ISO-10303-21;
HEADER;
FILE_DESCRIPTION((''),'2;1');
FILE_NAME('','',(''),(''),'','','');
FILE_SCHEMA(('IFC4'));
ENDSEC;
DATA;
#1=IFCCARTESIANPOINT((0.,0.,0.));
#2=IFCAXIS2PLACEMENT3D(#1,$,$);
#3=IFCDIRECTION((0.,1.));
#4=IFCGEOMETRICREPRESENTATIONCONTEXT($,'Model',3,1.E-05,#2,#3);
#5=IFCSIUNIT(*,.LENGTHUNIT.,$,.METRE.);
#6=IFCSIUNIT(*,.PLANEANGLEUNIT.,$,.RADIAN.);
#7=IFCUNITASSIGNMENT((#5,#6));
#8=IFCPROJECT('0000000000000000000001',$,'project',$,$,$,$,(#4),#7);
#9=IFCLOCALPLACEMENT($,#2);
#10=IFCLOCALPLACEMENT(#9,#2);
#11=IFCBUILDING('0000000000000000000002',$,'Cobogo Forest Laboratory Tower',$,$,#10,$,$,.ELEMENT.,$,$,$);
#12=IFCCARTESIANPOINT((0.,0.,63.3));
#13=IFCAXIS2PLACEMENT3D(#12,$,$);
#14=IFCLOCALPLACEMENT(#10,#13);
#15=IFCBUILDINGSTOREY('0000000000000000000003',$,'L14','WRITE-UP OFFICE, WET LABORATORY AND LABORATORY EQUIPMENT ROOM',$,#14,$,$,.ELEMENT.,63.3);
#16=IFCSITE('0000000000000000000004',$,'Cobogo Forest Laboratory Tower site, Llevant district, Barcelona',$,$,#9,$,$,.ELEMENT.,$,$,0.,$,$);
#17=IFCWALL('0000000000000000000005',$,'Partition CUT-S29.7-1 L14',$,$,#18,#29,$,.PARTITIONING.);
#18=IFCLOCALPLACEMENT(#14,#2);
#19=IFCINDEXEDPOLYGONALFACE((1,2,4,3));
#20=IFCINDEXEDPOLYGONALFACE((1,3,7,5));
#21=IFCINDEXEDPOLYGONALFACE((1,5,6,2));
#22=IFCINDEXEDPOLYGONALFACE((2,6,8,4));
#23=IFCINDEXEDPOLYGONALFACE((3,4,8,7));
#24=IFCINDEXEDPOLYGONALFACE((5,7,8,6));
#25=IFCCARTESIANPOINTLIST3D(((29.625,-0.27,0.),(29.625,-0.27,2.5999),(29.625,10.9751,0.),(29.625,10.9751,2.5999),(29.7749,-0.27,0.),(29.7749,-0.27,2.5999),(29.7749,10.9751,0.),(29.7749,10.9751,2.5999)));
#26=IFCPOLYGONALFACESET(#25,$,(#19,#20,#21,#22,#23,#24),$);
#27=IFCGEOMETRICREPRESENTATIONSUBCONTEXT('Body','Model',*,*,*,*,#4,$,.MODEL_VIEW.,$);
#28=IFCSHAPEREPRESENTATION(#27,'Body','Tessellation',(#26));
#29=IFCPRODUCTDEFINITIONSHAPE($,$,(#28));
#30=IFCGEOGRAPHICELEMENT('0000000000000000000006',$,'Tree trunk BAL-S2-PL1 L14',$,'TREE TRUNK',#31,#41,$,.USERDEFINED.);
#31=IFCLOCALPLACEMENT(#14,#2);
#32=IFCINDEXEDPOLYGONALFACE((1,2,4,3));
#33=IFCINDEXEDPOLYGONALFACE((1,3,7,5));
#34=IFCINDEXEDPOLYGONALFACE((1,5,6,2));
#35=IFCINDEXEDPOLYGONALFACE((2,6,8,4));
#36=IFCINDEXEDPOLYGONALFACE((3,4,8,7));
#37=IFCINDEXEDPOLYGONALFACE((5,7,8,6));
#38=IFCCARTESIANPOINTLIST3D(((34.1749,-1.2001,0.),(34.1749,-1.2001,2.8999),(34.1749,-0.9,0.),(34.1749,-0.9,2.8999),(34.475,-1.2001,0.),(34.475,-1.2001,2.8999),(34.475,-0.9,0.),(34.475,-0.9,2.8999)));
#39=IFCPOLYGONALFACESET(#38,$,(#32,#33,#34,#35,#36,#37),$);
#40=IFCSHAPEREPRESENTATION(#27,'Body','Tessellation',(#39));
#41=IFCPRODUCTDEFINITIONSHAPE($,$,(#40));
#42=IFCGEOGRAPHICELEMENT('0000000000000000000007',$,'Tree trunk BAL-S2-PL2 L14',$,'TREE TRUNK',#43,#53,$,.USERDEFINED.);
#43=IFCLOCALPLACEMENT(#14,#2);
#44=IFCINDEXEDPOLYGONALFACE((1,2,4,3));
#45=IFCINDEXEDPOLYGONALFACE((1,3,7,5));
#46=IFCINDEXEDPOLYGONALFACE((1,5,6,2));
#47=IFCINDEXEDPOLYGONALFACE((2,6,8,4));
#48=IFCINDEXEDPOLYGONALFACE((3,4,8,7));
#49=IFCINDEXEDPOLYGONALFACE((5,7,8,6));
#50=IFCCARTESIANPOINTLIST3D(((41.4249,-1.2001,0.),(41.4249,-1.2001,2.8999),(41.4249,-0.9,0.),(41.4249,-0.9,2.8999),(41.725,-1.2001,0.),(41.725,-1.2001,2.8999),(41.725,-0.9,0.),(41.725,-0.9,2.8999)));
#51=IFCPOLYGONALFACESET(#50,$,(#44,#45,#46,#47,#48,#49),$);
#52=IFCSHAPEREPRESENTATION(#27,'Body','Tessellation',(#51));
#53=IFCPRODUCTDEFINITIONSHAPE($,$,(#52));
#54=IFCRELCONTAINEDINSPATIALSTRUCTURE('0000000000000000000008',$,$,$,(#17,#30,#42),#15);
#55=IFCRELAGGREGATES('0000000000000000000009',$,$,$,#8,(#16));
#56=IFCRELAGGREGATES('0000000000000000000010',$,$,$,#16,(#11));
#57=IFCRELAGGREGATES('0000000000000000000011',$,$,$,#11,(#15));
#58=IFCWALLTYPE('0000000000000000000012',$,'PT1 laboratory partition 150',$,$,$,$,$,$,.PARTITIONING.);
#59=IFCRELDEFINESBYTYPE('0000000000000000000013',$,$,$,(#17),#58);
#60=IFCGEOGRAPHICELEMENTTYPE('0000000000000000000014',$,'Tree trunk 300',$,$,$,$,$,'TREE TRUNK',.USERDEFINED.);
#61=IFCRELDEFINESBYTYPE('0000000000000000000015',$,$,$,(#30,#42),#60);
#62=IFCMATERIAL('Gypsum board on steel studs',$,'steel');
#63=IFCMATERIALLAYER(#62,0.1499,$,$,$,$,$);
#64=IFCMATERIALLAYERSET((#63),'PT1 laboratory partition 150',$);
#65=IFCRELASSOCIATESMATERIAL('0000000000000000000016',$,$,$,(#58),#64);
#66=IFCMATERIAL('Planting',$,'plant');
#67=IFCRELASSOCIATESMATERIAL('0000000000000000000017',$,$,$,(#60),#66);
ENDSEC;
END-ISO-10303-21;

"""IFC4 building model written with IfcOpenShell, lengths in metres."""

from ifc_helpers import new_model, si_unit, direction, frame, frame_2d, origin, origin_2d, place, context, subcontext, project, spatial, rectangle, extrude, material, layer, layer_set, type_object, element, save


model = new_model("IFC4")

# Units and contexts
model_context = context("Model", 3, precision=1e-05, world=origin(), true_north=direction((0.0, 1.0)))
body_context = subcontext(model_context, "Body", "Model", "MODEL_VIEW")
ifc_project = project(units=[si_unit("LENGTHUNIT", "METRE"), si_unit("PLANEANGLEUNIT", "RADIAN")], contexts=[model_context])

# Site, building, storey
site_placement = place(None, origin())
site = spatial("IfcSite", under=ifc_project, at=site_placement, Name="Cobogo Forest Laboratory Tower site, Llevant district, Barcelona", CompositionType="ELEMENT", RefElevation=0.0)
building_placement = place(site_placement, origin())
building = spatial("IfcBuilding", under=site, at=building_placement, Name="Cobogo Forest Laboratory Tower", CompositionType="ELEMENT")
storey_placement = place(building_placement, frame((0.0, 0.0, 63.3)))
storey = spatial("IfcBuildingStorey", under=building, at=storey_placement, Name="L14", Description="WRITE-UP OFFICE, WET LABORATORY AND LABORATORY EQUIPMENT ROOM", CompositionType="ELEMENT", Elevation=63.3)

# Wall
ifc_material_1 = material(Name="Gypsum board on steel studs", Category="steel")
ifc_layer_1 = layer(ifc_material_1, 0.1499)
ifc_layer_set_1 = layer_set([ifc_layer_1], Name="PT1 laboratory partition 150")
wall_type_1 = type_object("IfcWallType", Name="PT1 laboratory partition 150", PredefinedType="PARTITIONING", material=ifc_layer_set_1)
wall_1_placement = place(storey_placement, frame((29.7, -0.27, 0.0), z_axis=(0.0, 0.0, 1.0), x_axis=(0.0, 1.0, 0.0)))
element("IfcWall", 1, at=wall_1_placement, inside=storey, type_object=wall_type_1, Name="Partition CUT-S29.7-1 L14", PredefinedType="PARTITIONING", context=body_context, shape_type="SweptSolid", body=[
    extrude(rectangle(XDim=11.2451, YDim=0.1499, at=frame_2d((5.6226, 0.0))), origin(), (0.0, 0.0, 1.0), 2.5999),
])

# Geographic elements
ifc_material_2 = material(Name="Planting", Category="plant")
geographic_element_type = type_object("IfcGeographicElementType", Name="Tree trunk 300", ElementType="TREE TRUNK", PredefinedType="USERDEFINED", material=ifc_material_2)
for number, where, z_axis, x_axis, name in (
    (2, (34.325, -1.05, 0.0), (0.0, 0.0, 1.0), (1.0, 0.0, 0.0), "Tree trunk BAL-S2-PL1 L14"),
    (3, (41.575, -1.05, 0.0), (0.0, 0.0, 1.0), (1.0, 0.0, 0.0), "Tree trunk BAL-S2-PL2 L14"),
):
    element("IfcGeographicElement", number, at=place(storey_placement, frame(where, z_axis=z_axis, x_axis=x_axis)), inside=storey, type_object=geographic_element_type, Name=name, ObjectType="TREE TRUNK", PredefinedType="USERDEFINED", context=body_context, shape_type="SweptSolid", body=[
        extrude(rectangle(XDim=0.3, YDim=0.3, at=origin_2d()), origin(), (0.0, 0.0, 1.0), 2.8999),
    ])

save(model, "model.ifc")
